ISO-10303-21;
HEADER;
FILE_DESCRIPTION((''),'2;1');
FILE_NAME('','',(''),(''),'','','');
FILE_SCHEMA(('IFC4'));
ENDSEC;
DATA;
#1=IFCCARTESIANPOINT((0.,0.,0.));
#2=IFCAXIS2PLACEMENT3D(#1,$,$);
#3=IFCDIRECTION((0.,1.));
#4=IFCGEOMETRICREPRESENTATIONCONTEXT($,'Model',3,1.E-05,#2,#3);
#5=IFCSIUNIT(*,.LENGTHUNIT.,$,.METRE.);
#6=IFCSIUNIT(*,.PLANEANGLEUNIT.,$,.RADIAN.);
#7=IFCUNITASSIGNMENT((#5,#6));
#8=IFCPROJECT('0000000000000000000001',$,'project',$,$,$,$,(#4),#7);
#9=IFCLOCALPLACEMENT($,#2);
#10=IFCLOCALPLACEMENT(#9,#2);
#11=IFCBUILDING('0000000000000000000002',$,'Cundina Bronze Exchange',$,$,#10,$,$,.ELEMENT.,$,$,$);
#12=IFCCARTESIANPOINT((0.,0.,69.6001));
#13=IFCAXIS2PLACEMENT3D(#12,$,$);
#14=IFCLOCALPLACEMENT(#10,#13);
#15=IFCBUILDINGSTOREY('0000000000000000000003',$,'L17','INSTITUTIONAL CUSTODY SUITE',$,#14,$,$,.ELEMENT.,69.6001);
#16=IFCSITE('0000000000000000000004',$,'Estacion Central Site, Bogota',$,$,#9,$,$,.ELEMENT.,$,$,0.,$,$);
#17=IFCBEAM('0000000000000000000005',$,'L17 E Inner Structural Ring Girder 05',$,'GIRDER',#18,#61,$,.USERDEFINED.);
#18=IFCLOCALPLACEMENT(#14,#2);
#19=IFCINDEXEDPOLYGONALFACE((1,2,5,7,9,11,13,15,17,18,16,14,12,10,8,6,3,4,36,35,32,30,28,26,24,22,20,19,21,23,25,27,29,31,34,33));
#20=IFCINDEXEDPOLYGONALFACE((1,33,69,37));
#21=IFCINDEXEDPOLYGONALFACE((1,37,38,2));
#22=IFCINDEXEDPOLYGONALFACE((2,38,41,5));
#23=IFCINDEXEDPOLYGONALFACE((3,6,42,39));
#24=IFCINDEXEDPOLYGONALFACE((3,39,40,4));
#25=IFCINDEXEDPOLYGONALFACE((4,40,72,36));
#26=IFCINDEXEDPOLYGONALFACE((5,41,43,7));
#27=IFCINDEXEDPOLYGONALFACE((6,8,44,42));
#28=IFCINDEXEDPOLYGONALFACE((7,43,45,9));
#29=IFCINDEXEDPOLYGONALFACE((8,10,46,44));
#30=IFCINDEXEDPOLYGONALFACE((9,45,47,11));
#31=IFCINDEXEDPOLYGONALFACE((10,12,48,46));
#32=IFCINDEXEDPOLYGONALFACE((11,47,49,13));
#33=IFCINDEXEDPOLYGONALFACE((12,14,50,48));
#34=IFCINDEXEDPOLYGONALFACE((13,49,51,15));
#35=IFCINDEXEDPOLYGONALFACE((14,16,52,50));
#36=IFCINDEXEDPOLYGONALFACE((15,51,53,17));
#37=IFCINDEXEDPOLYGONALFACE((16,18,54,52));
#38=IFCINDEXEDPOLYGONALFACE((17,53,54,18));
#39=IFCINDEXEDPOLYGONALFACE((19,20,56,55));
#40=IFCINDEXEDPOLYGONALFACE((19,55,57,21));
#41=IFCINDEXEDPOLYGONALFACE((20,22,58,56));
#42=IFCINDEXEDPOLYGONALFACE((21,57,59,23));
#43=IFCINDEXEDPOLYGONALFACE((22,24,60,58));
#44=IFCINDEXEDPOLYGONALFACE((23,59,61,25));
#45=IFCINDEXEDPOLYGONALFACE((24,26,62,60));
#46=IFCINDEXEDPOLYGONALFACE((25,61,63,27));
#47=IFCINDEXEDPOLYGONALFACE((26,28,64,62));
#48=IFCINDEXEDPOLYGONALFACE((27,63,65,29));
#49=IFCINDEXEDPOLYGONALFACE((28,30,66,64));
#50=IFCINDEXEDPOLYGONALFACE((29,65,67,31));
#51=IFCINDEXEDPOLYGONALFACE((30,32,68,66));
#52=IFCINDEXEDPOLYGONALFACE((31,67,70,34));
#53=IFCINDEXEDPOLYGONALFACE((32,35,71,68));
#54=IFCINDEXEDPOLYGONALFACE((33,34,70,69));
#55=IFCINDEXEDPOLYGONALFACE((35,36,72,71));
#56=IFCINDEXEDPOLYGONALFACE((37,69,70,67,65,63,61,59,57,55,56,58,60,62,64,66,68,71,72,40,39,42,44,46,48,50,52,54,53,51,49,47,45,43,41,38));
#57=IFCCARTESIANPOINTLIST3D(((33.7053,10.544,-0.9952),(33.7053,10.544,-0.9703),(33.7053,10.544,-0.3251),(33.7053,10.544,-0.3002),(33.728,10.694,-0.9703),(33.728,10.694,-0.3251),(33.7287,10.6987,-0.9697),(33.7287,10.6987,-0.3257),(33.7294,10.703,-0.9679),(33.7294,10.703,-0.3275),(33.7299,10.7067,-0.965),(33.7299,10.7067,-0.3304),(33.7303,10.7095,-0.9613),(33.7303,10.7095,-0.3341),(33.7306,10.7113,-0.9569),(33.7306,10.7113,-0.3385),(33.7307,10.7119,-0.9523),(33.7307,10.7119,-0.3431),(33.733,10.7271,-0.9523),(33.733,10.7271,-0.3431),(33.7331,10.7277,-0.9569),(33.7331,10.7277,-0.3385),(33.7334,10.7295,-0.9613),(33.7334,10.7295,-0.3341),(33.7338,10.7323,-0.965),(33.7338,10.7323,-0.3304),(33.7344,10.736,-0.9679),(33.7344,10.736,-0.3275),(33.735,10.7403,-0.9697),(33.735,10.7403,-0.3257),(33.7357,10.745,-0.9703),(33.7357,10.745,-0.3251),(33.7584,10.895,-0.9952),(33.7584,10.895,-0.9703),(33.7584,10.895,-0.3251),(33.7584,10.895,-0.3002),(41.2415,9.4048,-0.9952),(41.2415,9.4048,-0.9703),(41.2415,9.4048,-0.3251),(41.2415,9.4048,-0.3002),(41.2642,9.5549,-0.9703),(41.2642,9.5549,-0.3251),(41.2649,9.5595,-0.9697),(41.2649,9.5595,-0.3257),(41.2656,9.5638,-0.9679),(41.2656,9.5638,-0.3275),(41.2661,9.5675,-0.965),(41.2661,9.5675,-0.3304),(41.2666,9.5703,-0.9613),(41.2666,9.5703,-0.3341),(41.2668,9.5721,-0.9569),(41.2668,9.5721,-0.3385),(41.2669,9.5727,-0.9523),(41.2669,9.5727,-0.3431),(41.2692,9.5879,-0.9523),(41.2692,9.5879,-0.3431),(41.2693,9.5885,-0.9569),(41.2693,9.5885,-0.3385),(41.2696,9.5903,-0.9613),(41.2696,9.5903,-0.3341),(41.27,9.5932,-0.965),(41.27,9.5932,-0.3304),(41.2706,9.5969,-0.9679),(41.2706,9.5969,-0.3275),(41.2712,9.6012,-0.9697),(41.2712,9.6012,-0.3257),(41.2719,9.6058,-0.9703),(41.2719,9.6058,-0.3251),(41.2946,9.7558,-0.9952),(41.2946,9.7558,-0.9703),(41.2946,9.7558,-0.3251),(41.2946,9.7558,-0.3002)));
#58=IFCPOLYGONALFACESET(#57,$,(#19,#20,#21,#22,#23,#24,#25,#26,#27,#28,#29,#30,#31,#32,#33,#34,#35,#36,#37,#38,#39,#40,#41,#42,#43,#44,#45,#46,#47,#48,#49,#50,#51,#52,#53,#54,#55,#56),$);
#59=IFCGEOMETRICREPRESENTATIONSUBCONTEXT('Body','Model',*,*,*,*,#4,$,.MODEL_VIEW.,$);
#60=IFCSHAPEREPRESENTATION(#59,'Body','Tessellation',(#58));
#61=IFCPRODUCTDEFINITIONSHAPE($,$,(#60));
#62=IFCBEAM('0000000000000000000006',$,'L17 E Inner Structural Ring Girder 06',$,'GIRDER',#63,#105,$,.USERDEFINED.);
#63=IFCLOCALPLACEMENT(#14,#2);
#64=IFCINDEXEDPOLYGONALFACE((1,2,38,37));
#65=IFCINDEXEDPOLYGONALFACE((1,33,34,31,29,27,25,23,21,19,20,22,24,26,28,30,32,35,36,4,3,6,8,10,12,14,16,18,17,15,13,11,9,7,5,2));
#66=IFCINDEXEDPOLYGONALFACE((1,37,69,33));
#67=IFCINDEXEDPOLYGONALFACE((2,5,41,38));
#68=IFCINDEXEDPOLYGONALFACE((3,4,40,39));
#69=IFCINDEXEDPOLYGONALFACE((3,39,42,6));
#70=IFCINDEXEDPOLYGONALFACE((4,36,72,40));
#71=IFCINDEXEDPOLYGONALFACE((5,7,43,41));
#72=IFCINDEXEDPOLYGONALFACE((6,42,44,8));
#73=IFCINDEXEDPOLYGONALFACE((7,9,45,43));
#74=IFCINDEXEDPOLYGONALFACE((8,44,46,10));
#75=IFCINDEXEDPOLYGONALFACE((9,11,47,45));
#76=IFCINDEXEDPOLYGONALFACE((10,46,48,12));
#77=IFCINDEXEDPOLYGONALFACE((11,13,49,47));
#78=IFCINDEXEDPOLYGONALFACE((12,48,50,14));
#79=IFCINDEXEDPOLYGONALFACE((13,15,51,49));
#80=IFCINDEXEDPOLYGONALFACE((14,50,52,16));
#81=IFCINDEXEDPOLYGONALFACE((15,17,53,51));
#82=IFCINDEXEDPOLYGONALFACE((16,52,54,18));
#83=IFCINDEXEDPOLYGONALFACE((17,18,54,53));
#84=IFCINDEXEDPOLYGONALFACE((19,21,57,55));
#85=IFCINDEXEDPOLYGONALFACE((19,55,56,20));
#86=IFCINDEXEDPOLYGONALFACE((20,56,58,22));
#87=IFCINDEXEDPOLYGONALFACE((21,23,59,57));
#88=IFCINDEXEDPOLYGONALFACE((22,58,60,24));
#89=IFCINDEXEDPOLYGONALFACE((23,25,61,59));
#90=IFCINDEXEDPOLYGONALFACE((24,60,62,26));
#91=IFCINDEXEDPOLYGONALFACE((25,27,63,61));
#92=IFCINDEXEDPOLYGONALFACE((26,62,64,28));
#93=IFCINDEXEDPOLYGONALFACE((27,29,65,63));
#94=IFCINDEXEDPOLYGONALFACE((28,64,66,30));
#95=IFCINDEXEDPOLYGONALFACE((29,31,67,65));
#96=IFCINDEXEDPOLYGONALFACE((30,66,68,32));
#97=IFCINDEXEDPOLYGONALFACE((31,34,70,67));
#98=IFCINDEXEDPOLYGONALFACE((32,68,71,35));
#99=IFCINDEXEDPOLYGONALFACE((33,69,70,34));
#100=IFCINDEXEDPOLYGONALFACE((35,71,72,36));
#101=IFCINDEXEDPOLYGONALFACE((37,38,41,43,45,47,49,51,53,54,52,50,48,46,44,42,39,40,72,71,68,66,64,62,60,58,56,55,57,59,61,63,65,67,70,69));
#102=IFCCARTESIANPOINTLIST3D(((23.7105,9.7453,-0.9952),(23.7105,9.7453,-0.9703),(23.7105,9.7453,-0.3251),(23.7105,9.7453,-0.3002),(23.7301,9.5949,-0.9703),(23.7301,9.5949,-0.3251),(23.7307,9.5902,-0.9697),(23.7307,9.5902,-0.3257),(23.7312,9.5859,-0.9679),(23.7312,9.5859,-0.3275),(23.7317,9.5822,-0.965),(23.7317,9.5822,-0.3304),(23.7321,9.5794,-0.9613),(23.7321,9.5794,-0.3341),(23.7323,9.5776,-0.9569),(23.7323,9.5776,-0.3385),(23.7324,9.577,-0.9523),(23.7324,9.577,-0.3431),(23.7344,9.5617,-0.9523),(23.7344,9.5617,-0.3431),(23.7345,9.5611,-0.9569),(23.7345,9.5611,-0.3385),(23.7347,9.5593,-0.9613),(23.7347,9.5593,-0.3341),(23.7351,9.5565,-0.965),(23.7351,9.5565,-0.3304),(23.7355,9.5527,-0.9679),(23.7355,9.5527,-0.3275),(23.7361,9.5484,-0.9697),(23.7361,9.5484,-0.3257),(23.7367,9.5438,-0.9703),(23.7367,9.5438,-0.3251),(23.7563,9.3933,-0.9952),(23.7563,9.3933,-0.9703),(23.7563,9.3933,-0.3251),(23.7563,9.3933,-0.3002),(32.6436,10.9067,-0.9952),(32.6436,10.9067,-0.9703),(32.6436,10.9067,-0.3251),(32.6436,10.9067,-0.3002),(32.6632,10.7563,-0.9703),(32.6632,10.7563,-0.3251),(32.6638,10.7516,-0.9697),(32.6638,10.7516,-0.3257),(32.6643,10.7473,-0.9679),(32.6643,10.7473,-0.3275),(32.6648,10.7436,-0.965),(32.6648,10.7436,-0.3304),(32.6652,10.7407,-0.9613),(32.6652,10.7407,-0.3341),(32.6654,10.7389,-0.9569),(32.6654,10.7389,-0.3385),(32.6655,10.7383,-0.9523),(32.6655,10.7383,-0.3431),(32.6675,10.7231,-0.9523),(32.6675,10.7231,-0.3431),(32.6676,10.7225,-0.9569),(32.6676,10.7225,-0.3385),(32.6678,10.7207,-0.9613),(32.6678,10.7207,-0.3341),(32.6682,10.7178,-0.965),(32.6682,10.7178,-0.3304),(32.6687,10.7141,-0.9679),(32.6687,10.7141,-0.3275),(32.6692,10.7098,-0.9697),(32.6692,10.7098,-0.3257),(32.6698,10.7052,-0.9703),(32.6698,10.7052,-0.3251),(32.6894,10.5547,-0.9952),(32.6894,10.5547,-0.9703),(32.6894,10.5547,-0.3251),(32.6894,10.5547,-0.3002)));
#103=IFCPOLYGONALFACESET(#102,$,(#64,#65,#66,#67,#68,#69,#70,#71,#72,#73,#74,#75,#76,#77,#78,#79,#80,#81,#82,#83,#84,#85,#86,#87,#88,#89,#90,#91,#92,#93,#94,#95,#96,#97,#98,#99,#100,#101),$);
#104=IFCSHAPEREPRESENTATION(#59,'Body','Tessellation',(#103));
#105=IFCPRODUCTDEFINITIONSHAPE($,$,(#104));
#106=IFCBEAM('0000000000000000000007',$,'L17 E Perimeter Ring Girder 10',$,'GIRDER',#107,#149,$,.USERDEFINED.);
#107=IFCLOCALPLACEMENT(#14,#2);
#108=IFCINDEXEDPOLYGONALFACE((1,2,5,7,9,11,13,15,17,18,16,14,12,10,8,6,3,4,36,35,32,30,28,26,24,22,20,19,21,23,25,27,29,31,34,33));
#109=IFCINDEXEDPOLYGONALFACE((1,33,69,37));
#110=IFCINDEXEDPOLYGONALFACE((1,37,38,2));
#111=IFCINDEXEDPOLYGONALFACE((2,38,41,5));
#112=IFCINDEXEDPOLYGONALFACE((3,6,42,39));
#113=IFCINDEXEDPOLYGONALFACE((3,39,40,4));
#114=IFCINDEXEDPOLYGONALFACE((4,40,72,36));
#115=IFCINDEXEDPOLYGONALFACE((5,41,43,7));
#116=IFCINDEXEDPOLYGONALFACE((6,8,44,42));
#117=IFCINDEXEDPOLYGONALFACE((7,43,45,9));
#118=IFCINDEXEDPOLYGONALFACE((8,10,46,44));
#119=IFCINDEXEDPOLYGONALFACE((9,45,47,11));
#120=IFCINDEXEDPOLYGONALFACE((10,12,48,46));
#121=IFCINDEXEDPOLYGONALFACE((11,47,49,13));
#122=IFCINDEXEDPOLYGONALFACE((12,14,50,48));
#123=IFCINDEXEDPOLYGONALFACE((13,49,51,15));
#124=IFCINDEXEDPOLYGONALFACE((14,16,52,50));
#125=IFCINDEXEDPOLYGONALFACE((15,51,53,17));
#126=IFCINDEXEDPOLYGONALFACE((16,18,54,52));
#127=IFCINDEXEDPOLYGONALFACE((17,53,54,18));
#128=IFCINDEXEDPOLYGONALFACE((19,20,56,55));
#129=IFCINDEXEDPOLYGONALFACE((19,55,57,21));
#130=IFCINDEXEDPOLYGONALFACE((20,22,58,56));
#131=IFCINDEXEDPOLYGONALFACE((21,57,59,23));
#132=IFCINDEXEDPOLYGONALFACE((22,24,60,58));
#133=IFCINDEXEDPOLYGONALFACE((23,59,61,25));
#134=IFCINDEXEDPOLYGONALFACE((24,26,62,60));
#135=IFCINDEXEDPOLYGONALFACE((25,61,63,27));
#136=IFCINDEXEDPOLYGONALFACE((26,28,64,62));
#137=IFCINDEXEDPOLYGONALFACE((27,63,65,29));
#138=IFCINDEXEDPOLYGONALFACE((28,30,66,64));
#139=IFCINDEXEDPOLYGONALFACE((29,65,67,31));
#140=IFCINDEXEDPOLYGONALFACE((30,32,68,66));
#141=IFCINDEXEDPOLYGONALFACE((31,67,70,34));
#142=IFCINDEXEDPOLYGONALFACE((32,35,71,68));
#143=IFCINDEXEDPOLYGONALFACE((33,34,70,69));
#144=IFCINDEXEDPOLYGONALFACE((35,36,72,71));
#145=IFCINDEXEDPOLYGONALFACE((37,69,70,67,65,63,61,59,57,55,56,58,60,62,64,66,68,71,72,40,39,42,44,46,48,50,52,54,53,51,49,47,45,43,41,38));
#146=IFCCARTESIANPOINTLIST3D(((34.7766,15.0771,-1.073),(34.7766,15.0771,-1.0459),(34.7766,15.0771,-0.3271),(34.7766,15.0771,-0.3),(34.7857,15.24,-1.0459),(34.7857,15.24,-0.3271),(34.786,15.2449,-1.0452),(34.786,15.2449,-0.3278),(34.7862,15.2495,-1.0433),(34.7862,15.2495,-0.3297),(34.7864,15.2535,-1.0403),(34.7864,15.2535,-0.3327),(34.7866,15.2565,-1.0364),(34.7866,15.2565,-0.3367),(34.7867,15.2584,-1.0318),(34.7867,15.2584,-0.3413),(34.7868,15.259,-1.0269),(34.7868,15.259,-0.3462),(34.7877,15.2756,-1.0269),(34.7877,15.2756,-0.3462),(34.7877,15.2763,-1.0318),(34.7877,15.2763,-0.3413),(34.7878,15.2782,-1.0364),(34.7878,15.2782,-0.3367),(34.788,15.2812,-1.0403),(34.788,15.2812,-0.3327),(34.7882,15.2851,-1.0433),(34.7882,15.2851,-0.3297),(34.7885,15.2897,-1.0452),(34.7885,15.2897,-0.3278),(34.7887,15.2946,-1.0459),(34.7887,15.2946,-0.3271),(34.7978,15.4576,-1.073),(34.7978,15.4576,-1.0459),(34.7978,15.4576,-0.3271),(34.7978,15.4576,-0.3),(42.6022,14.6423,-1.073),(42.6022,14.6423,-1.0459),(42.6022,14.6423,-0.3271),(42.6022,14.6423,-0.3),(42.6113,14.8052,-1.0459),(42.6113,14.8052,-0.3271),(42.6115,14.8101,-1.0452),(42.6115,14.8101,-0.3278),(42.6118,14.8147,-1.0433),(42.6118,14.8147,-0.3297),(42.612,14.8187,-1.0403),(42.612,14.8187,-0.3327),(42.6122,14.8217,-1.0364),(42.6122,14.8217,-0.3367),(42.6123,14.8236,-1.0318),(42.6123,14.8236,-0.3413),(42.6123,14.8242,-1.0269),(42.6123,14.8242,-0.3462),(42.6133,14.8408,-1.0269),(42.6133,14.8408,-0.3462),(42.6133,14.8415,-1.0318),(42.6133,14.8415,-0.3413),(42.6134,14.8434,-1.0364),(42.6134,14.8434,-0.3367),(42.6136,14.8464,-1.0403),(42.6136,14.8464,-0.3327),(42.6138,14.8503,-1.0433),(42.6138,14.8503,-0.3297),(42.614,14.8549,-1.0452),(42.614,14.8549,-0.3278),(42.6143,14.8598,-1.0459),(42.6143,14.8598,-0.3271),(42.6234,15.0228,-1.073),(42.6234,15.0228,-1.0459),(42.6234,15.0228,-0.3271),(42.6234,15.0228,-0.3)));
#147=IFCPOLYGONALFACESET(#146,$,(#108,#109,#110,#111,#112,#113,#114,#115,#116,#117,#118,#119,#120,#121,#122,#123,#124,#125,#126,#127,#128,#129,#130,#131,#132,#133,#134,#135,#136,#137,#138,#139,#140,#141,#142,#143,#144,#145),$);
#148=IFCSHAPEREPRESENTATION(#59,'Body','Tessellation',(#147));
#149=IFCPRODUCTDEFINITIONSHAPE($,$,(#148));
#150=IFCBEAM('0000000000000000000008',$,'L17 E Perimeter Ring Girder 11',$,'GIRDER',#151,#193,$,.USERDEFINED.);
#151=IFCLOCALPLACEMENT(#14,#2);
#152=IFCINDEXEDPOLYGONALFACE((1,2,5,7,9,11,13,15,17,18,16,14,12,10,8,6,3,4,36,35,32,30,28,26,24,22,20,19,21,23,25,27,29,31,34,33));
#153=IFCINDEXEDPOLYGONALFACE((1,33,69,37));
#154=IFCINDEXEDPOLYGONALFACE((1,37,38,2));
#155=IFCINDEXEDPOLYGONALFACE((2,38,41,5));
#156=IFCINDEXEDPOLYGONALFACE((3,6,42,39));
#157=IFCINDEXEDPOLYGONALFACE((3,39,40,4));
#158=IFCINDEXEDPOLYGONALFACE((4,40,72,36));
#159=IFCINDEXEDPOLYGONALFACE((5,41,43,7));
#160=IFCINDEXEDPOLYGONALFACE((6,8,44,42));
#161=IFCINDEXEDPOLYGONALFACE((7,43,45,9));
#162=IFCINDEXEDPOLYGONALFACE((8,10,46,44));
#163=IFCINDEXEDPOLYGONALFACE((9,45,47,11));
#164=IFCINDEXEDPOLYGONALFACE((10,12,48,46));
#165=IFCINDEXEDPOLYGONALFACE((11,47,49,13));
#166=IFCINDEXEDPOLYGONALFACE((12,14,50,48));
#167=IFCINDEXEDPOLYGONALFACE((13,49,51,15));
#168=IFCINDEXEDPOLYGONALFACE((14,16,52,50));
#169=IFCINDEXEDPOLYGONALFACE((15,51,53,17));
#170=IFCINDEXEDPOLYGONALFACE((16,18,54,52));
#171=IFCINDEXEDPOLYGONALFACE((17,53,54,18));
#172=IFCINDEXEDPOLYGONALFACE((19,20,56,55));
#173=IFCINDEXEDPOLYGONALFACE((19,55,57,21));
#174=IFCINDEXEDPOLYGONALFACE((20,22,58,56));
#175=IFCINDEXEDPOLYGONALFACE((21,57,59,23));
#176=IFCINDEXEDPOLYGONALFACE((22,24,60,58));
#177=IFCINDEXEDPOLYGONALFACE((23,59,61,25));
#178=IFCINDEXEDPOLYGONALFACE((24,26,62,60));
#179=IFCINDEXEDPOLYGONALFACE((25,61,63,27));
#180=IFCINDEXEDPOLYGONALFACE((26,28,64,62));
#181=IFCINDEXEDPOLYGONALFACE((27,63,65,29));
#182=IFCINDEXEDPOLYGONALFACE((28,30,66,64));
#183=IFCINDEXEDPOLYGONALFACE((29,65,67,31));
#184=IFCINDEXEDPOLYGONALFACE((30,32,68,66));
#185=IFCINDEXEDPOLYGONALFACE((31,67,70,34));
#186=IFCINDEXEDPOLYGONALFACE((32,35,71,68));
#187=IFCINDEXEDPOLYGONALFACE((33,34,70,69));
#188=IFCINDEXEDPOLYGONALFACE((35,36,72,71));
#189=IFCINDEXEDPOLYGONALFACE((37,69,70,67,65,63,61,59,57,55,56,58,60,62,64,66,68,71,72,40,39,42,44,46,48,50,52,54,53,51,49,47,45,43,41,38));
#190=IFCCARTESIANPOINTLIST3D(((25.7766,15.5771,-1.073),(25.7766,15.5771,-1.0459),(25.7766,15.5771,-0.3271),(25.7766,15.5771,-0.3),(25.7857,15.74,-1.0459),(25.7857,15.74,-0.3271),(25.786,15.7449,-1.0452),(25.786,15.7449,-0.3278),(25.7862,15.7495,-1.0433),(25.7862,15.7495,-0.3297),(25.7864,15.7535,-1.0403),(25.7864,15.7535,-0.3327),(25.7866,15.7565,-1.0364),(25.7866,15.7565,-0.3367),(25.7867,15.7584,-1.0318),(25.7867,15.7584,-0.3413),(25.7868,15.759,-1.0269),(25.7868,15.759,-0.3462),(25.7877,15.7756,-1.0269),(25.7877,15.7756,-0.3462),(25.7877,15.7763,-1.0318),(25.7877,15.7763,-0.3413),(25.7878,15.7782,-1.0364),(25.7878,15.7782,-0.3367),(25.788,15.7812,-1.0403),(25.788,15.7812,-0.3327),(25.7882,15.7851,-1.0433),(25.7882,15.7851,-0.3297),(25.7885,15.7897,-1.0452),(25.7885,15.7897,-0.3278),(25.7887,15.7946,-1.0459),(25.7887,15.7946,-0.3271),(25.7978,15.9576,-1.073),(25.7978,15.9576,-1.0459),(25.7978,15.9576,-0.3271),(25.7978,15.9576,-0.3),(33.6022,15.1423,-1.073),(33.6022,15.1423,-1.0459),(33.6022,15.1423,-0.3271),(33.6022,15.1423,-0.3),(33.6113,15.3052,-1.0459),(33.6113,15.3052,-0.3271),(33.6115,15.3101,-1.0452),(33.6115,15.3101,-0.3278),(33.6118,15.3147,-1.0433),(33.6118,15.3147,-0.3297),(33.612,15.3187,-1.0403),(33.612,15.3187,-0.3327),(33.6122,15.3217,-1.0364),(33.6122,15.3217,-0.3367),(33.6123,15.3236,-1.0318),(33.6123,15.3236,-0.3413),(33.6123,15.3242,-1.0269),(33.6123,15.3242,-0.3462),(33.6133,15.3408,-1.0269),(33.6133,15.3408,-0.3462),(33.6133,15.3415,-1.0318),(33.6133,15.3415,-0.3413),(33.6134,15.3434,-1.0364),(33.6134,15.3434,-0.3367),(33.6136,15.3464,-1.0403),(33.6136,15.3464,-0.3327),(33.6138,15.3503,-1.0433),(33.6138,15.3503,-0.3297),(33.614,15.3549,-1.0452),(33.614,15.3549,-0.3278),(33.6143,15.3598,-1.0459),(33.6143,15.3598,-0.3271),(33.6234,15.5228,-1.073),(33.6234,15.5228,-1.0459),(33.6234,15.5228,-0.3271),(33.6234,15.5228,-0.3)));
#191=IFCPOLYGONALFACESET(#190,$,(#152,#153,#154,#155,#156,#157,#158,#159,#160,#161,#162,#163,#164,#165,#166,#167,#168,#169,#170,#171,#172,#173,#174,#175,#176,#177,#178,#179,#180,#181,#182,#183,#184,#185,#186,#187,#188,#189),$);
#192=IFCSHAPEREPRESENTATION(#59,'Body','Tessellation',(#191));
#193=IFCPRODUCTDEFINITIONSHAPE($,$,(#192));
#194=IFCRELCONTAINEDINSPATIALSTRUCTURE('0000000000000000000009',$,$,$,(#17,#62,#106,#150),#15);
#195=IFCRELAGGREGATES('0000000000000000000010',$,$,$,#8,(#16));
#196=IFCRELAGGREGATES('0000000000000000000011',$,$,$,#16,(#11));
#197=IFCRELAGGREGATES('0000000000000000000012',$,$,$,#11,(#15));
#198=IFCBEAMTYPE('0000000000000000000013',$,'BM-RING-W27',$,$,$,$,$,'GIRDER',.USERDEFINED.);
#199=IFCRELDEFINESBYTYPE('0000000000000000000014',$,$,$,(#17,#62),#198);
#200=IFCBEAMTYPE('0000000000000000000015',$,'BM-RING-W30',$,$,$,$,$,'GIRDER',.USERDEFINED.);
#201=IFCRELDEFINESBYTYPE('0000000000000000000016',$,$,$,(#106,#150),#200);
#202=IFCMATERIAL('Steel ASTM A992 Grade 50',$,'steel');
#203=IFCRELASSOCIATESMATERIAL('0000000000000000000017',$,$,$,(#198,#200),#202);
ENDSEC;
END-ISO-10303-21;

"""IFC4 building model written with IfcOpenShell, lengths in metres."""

from ifc_helpers import new_model, si_unit, direction, frame, origin, origin_2d, place, context, subcontext, project, spatial, i_section, extrude, material, material_profile, profile_set, type_object, element, save


model = new_model("IFC4")

# Units and contexts
model_context = context("Model", 3, precision=1e-05, world=origin(), true_north=direction((0.0, 1.0)))
body_context = subcontext(model_context, "Body", "Model", "MODEL_VIEW")
ifc_project = project(units=[si_unit("LENGTHUNIT", "METRE"), si_unit("PLANEANGLEUNIT", "RADIAN")], contexts=[model_context])

# Site, building, storey
site_placement = place(None, origin())
site = spatial("IfcSite", under=ifc_project, at=site_placement, Name="Estacion Central Site, Bogota", CompositionType="ELEMENT", RefElevation=0.0)
building_placement = place(site_placement, origin())
building = spatial("IfcBuilding", under=site, at=building_placement, Name="Cundina Bronze Exchange", CompositionType="ELEMENT")
storey_placement = place(building_placement, frame((0.0, 0.0, 69.6001)))
storey = spatial("IfcBuildingStorey", under=building, at=storey_placement, Name="L17", Description="INSTITUTIONAL CUSTODY SUITE", CompositionType="ELEMENT", Elevation=69.6001)

# Beams
ifc_material_1 = material(Name="Steel ASTM A992 Grade 50", Category="steel")
ifc_material_profile_1 = material_profile(ifc_material_1, i_section(OverallWidth=0.355, OverallDepth=0.6951, WebThickness=0.0154, FlangeThickness=0.0249, FilletRadius=0.0181, at=origin_2d()), Name="W27X146", Category="steel")
ifc_profile_set_1 = profile_set([ifc_material_profile_1], Name="Steel ASTM A992 Grade 50")
beam_type_1 = type_object("IfcBeamType", Name="BM-RING-W27", ElementType="GIRDER", PredefinedType="USERDEFINED", material=ifc_profile_set_1)
beam_1_placement = place(storey_placement, frame((41.2681, 9.5803, -0.6477), z_axis=(-0.988767, 0.149462, 0.0), x_axis=(-0.149462, -0.988767, 0.0)))
element("IfcBeam", 1, at=beam_1_placement, inside=storey, type_object=beam_type_1, Name="L17 E Inner Structural Ring Girder 05", ObjectType="GIRDER", PredefinedType="USERDEFINED", context=body_context, shape_type="SweptSolid", body=[
    extrude(i_section(OverallWidth=0.355, OverallDepth=0.6951, WebThickness=0.0154, FlangeThickness=0.0249, FilletRadius=0.0181, at=origin_2d()), origin(), (0.0, 0.0, 1.0), 7.6218),
])
beam_2_placement = place(storey_placement, frame((32.6665, 10.7307, -0.6477), z_axis=(-0.991655, -0.128923, 0.0), x_axis=(0.128923, -0.991655, 0.0)))
element("IfcBeam", 2, at=beam_2_placement, inside=storey, type_object=beam_type_1, Name="L17 E Inner Structural Ring Girder 06", ObjectType="GIRDER", PredefinedType="USERDEFINED", context=body_context, shape_type="SweptSolid", body=[
    extrude(i_section(OverallWidth=0.355, OverallDepth=0.6951, WebThickness=0.0154, FlangeThickness=0.0249, FilletRadius=0.0181, at=origin_2d()), origin(), (0.0, 0.0, 1.0), 9.0083),
])
ifc_material_profile_2 = material_profile(ifc_material_1, i_section(OverallWidth=0.3811, OverallDepth=0.7729, WebThickness=0.0166, FlangeThickness=0.0271, FilletRadius=0.019, at=origin_2d()), Name="W30X173", Category="steel")
ifc_profile_set_2 = profile_set([ifc_material_profile_2], Name="Steel ASTM A992 Grade 50")
beam_type_2 = type_object("IfcBeamType", Name="BM-RING-W30", ElementType="GIRDER", PredefinedType="USERDEFINED", material=ifc_profile_set_2)
for number, where, z_axis, x_axis, name in (
    (3, (42.6128, 14.8325, -0.6865), (-0.99846, 0.055477, 0.0), (-0.055477, -0.99846, 0.0), "L17 E Perimeter Ring Girder 10"),
    (4, (33.6128, 15.3325, -0.6865), (-0.99846, 0.055477, 0.0), (-0.055477, -0.99846, 0.0), "L17 E Perimeter Ring Girder 11"),
):
    element("IfcBeam", number, at=place(storey_placement, frame(where, z_axis=z_axis, x_axis=x_axis)), inside=storey, type_object=beam_type_2, Name=name, ObjectType="GIRDER", PredefinedType="USERDEFINED", context=body_context, shape_type="SweptSolid", body=[
        extrude(i_section(OverallWidth=0.3811, OverallDepth=0.7729, WebThickness=0.0166, FlangeThickness=0.0271, FilletRadius=0.019, at=origin_2d()), origin(), (0.0, 0.0, 1.0), 7.8376),
    ])

save(model, "model.ifc")
